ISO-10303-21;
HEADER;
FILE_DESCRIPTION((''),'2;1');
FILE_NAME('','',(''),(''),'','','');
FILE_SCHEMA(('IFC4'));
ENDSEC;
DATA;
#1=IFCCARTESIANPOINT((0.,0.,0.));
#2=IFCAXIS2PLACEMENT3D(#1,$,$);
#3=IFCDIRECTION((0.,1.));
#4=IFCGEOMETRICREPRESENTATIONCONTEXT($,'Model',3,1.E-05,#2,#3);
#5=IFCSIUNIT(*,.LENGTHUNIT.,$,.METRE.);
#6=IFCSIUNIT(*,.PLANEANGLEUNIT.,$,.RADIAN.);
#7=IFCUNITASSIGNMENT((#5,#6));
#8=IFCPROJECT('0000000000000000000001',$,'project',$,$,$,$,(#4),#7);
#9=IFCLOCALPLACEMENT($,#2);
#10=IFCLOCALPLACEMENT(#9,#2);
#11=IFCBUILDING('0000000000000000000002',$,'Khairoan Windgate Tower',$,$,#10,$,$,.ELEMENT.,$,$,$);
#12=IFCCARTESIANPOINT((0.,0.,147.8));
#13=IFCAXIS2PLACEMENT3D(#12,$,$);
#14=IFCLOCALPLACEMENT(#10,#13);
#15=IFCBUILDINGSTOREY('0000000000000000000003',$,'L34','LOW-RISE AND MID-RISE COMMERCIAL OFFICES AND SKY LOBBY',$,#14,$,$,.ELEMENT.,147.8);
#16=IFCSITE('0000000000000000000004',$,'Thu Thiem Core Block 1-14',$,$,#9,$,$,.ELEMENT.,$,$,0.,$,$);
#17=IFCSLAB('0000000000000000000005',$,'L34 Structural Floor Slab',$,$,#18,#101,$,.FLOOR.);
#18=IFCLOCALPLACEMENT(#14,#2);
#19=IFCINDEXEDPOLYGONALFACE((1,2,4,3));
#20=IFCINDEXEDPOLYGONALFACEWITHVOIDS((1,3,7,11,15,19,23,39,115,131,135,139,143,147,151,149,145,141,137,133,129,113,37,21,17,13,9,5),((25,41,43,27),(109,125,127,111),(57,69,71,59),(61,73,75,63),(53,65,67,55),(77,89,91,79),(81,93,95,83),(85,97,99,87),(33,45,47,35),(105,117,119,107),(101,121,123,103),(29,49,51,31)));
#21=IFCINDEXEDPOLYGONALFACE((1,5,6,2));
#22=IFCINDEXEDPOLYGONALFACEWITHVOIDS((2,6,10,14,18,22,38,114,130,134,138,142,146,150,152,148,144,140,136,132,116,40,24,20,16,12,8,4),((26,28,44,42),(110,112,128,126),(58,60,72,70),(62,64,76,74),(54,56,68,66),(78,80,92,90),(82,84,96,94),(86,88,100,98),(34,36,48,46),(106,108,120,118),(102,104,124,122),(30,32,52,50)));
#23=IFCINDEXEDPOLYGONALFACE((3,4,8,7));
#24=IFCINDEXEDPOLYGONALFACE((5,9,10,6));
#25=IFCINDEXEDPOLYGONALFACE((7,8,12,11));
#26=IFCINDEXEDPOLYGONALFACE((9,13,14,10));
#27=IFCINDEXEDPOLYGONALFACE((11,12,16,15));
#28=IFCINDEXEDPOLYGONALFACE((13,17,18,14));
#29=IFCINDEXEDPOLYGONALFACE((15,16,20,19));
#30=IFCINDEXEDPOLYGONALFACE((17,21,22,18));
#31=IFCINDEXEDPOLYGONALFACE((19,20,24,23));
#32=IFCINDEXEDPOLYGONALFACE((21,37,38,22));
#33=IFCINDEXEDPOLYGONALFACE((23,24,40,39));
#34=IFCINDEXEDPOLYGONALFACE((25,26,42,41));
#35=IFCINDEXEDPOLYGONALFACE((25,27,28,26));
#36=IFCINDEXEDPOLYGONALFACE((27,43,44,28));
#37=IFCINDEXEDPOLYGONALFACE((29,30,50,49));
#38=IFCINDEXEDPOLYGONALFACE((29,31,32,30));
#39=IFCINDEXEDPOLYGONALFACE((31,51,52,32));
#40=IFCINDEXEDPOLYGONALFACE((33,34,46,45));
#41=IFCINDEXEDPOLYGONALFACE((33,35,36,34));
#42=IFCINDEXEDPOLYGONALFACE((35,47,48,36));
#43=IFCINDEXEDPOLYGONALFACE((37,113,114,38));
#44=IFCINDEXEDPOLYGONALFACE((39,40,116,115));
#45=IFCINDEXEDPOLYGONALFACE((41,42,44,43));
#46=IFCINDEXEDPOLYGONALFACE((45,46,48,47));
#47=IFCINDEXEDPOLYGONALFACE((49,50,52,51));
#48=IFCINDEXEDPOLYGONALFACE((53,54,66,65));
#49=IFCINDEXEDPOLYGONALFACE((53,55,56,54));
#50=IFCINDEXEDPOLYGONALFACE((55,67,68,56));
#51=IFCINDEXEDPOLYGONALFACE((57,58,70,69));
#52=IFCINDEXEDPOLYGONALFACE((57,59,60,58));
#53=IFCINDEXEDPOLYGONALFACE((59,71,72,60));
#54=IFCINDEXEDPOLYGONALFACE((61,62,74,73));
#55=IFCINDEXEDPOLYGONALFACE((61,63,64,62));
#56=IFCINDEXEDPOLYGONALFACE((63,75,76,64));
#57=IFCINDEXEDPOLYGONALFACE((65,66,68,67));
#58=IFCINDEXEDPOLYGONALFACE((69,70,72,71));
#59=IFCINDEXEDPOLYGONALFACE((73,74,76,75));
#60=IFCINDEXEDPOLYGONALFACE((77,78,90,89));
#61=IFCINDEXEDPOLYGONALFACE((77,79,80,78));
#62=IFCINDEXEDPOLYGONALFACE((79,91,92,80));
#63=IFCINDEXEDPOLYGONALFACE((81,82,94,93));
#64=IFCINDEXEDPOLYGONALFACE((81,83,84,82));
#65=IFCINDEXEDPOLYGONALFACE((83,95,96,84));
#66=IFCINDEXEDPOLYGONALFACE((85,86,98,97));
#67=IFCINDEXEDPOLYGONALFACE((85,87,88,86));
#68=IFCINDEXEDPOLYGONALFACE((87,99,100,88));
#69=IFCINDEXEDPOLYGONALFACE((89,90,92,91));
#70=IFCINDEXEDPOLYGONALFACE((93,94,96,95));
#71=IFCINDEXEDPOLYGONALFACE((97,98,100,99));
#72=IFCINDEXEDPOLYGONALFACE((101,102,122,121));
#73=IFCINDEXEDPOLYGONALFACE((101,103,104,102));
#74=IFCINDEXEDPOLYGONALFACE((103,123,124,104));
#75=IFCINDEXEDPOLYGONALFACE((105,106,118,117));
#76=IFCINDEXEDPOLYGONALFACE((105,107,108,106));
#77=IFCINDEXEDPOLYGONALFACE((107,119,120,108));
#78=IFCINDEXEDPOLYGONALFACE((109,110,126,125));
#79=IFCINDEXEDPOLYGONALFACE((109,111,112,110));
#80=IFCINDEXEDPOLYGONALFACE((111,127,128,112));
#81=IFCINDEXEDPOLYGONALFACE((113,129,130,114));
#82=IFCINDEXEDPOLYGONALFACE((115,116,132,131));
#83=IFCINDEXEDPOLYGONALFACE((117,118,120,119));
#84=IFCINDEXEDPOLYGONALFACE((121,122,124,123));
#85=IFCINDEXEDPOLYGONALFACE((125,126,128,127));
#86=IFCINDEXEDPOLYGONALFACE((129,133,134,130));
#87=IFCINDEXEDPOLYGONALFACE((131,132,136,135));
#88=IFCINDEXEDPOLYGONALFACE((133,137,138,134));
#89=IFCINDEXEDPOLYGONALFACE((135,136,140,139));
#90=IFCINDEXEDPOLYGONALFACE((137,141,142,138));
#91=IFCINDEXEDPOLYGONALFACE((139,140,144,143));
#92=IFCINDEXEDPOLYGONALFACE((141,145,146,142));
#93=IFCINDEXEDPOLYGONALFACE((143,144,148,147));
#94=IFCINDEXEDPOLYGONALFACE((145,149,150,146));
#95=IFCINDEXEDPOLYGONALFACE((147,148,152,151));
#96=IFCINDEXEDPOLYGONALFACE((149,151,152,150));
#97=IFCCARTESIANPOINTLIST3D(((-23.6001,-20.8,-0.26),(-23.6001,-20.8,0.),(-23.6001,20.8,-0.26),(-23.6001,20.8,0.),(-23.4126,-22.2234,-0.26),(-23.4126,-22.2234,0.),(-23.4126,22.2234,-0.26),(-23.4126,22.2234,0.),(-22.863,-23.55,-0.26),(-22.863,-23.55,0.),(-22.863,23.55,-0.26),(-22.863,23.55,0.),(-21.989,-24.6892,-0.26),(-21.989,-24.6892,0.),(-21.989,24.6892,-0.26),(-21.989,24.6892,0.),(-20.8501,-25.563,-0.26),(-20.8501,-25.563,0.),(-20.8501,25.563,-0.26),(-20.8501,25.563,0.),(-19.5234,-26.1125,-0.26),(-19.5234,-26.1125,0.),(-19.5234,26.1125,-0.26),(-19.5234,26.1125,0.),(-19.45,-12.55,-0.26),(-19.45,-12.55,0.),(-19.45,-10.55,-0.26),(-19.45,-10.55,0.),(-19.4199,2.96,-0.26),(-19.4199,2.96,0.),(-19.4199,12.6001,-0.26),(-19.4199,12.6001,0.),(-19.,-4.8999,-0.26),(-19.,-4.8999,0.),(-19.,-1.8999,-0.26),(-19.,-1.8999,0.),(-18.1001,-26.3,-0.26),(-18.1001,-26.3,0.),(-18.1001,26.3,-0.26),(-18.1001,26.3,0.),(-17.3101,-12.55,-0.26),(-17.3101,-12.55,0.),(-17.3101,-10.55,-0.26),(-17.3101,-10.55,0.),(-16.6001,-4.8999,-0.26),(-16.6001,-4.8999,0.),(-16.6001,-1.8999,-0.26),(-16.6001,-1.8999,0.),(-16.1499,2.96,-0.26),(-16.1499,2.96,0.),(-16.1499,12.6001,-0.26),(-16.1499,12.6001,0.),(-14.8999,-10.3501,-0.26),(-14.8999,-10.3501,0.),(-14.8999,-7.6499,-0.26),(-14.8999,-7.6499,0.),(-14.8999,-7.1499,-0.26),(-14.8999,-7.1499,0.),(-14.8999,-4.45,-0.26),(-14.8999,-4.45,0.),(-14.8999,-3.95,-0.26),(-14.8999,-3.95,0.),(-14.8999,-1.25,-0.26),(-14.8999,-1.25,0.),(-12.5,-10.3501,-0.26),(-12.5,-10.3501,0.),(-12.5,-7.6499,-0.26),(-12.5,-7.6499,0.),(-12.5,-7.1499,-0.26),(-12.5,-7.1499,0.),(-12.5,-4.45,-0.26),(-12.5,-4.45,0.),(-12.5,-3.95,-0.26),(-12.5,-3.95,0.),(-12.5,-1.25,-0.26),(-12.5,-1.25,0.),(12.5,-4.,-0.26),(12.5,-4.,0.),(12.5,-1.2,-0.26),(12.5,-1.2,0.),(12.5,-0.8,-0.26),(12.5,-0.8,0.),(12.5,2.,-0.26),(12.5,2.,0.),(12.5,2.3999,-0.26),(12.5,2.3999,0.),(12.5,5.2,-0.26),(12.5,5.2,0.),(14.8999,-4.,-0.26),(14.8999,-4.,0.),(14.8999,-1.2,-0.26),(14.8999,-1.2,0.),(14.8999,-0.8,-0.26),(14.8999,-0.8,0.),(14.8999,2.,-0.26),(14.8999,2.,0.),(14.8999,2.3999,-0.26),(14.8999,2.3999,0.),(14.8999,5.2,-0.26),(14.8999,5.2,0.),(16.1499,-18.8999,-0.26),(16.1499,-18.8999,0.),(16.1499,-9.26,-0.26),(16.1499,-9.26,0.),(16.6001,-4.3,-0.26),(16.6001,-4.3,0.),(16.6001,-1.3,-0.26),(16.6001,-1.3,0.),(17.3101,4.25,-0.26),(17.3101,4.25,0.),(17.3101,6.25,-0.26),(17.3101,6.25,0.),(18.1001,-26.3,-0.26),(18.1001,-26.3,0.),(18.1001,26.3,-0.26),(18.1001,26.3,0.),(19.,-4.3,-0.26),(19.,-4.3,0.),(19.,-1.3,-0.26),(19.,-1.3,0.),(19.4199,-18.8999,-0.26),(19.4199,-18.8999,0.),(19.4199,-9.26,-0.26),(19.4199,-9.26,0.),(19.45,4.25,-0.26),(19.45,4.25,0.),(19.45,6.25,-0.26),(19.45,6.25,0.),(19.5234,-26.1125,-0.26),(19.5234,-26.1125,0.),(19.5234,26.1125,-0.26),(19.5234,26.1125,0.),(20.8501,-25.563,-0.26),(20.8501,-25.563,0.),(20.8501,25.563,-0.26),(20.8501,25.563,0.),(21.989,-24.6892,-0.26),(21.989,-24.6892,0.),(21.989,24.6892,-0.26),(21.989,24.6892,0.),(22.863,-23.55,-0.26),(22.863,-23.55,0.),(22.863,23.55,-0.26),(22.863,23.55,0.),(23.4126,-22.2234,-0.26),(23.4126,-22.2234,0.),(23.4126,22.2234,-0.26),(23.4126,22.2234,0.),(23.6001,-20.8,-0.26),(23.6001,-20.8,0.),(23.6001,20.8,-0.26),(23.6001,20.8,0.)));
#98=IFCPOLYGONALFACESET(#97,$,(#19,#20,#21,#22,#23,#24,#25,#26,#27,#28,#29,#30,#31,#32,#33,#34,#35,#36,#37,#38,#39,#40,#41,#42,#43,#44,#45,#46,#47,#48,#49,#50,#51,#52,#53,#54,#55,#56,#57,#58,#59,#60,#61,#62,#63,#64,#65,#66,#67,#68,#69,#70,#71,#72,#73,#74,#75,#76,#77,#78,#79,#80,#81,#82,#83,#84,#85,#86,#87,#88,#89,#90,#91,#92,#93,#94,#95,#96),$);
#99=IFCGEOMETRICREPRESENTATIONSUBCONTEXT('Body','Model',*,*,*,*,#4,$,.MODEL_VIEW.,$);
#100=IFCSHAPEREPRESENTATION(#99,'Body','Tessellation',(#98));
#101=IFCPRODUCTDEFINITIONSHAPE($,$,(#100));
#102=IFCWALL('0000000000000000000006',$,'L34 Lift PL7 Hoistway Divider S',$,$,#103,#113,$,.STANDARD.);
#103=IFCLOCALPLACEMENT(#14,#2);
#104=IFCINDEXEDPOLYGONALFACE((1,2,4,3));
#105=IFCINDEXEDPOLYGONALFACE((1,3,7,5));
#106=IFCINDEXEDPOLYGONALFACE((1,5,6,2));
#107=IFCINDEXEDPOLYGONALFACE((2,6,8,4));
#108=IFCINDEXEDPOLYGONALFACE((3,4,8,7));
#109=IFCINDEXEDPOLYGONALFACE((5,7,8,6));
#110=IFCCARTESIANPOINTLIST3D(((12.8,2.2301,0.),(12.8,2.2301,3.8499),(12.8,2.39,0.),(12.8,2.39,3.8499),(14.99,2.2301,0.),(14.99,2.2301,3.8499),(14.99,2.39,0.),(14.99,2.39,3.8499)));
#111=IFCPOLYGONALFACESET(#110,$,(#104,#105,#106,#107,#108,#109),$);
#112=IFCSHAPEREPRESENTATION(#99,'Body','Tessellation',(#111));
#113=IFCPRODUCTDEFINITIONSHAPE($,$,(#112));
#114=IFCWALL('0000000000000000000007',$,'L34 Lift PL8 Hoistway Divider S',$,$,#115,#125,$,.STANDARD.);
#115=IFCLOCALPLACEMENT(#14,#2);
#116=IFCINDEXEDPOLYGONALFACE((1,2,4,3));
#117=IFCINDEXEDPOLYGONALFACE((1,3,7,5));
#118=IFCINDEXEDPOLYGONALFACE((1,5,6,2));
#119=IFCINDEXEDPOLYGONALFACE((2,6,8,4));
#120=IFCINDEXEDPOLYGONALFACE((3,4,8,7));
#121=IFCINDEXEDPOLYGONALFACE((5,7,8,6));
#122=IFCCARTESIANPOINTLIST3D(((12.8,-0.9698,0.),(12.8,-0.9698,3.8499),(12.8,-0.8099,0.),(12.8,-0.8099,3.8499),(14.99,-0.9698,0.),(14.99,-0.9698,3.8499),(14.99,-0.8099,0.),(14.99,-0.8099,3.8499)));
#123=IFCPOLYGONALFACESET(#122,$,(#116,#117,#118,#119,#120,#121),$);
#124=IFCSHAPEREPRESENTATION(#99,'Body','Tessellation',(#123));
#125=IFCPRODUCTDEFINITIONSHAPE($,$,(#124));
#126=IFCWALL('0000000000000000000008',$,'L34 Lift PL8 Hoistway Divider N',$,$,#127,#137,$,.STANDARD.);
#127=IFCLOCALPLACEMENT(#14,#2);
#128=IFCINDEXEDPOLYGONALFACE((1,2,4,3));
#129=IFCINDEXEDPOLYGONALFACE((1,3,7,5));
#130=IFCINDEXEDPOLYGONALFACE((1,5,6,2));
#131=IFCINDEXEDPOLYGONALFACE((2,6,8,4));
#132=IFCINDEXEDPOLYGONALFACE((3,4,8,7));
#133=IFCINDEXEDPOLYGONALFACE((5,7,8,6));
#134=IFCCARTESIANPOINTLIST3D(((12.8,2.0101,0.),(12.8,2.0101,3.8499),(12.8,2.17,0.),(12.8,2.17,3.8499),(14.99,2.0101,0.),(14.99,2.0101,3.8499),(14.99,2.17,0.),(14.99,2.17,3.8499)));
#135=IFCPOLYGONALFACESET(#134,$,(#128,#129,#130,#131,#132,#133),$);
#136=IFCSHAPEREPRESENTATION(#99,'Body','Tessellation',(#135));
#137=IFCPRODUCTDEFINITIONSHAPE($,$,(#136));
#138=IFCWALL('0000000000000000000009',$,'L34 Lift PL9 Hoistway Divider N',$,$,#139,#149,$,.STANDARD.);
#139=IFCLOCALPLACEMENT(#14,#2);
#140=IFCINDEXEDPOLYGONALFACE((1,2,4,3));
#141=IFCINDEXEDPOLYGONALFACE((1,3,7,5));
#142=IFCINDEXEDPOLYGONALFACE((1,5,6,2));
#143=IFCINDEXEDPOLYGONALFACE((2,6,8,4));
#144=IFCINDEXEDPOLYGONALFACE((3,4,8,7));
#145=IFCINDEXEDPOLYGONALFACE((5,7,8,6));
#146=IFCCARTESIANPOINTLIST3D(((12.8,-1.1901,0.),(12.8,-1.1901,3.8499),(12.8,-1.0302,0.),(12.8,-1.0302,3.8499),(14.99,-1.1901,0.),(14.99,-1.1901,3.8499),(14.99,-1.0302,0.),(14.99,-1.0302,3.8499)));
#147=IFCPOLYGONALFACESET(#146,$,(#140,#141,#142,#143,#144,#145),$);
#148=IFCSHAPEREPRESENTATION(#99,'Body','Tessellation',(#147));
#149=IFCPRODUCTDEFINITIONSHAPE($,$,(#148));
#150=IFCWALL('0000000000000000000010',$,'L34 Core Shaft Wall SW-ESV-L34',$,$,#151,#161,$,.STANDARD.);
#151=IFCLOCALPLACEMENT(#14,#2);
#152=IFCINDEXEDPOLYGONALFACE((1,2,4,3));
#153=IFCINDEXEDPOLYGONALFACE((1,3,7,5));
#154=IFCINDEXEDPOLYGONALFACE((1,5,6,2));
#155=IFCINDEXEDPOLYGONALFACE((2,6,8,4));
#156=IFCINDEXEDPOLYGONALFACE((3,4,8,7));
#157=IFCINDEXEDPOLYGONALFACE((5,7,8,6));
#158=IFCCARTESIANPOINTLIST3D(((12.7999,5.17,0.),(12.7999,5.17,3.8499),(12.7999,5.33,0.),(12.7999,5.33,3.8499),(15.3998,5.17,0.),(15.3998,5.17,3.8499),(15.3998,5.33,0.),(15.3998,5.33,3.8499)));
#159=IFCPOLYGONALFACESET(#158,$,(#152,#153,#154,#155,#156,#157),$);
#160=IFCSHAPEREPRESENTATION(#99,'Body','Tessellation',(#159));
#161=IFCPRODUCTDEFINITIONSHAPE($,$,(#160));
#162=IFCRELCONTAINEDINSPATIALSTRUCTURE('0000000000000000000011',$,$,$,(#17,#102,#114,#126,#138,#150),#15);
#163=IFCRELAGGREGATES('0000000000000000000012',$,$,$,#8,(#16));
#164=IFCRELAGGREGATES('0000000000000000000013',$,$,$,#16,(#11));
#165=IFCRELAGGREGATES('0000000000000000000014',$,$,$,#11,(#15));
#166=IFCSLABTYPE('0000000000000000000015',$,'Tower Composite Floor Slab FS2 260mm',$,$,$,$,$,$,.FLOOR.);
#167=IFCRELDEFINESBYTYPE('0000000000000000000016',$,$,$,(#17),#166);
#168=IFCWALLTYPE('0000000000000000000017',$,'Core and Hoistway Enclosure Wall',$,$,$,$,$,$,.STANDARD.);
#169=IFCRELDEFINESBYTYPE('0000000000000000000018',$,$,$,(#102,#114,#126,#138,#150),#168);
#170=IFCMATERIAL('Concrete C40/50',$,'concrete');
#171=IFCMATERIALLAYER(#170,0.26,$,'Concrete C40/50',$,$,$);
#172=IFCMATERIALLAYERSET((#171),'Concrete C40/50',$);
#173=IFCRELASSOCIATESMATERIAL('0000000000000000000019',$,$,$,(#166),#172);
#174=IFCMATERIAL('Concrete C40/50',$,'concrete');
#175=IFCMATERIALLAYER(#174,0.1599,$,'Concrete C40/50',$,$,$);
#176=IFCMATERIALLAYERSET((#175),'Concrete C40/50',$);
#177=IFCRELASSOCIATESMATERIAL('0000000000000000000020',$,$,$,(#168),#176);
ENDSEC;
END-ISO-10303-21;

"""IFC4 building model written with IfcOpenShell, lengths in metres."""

from ifc_helpers import new_model, si_unit, direction, frame, frame_2d, origin, place, context, subcontext, project, spatial, polyline, rectangle, outline, extrude, material, layer, layer_set, type_object, element, save


model = new_model("IFC4")

# Units and contexts
model_context = context("Model", 3, precision=1e-05, world=origin(), true_north=direction((0.0, 1.0)))
body_context = subcontext(model_context, "Body", "Model", "MODEL_VIEW")
ifc_project = project(units=[si_unit("LENGTHUNIT", "METRE"), si_unit("PLANEANGLEUNIT", "RADIAN")], contexts=[model_context])

# Site, building, storey
site_placement = place(None, origin())
site = spatial("IfcSite", under=ifc_project, at=site_placement, Name="Thu Thiem Core Block 1-14", CompositionType="ELEMENT", RefElevation=0.0)
building_placement = place(site_placement, origin())
building = spatial("IfcBuilding", under=site, at=building_placement, Name="Khairoan Windgate Tower", CompositionType="ELEMENT")
storey_placement = place(building_placement, frame((0.0, 0.0, 147.8)))
storey = spatial("IfcBuildingStorey", under=building, at=storey_placement, Name="L34", Description="LOW-RISE AND MID-RISE COMMERCIAL OFFICES AND SKY LOBBY", CompositionType="ELEMENT", Elevation=147.8)

# Slab
ifc_material_1 = material(Name="Concrete C40/50", Category="concrete")
ifc_layer_1 = layer(ifc_material_1, 0.26, Name="Concrete C40/50")
ifc_layer_set_1 = layer_set([ifc_layer_1], Name="Concrete C40/50")
slab_type_1 = type_object("IfcSlabType", Name="Tower Composite Floor Slab FS2 260mm", PredefinedType="FLOOR", material=ifc_layer_set_1)
slab_1_placement = place(storey_placement, frame((0.0, 0.0, -0.26)))
element("IfcSlab", 1, at=slab_1_placement, inside=storey, type_object=slab_type_1, Name="L34 Structural Floor Slab", PredefinedType="FLOOR", context=body_context, shape_type="SweptSolid", body=[
    extrude(outline(polyline([(18.1001, -26.3), (19.5234, -26.1125), (20.8501, -25.563), (21.989, -24.6892), (22.863, -23.55), (23.4126, -22.2234), (23.6001, -20.8), (23.6001, 20.8), (23.4126, 22.2234), (22.863, 23.55), (21.989, 24.6892), (20.8501, 25.563), (19.5234, 26.1125), (18.1001, 26.3), (-18.1001, 26.3), (-19.5234, 26.1125), (-20.8501, 25.563), (-21.989, 24.6892), (-22.863, 23.55), (-23.4126, 22.2234), (-23.6001, 20.8), (-23.6001, -20.8), (-23.4126, -22.2234), (-22.863, -23.55), (-21.989, -24.6892), (-20.8501, -25.563), (-19.5234, -26.1125), (-18.1001, -26.3), (18.1001, -26.3)]), holes=[polyline([(16.1499, -9.26), (16.1499, -18.8999), (19.4199, -18.8999), (19.4199, -9.26), (16.1499, -9.26)]), polyline([(-16.1499, 2.96), (-16.1499, 12.6001), (-19.4199, 12.6001), (-19.4199, 2.96), (-16.1499, 2.96)]), polyline([(-14.8999, -3.95), (-12.5, -3.95), (-12.5, -1.25), (-14.8999, -1.25), (-14.8999, -3.95)]), polyline([(-14.8999, -7.1499), (-12.5, -7.1499), (-12.5, -4.45), (-14.8999, -4.45), (-14.8999, -7.1499)]), polyline([(-14.8999, -10.3501), (-12.5, -10.3501), (-12.5, -7.6499), (-14.8999, -7.6499), (-14.8999, -10.3501)]), polyline([(12.5, 2.3999), (14.8999, 2.3999), (14.8999, 5.2), (12.5, 5.2), (12.5, 2.3999)]), polyline([(12.5, -0.8), (14.8999, -0.8), (14.8999, 2.0), (12.5, 2.0), (12.5, -0.8)]), polyline([(12.5, -4.0), (14.8999, -4.0), (14.8999, -1.2), (12.5, -1.2), (12.5, -4.0)]), polyline([(16.6001, -4.3), (19.0, -4.3), (19.0, -1.3), (16.6001, -1.3), (16.6001, -4.3)]), polyline([(-19.0, -4.8999), (-16.6001, -4.8999), (-16.6001, -1.8999), (-19.0, -1.8999), (-19.0, -4.8999)]), polyline([(-19.45, -12.55), (-17.3101, -12.55), (-17.3101, -10.55), (-19.45, -10.55), (-19.45, -12.55)]), polyline([(17.3101, 4.25), (19.45, 4.25), (19.45, 6.25), (17.3101, 6.25), (17.3101, 4.25)])]), origin(), (0.0, 0.0, 1.0), 0.26),
])

# Walls
ifc_material_2 = material(Name="Concrete C40/50", Category="concrete")
ifc_layer_2 = layer(ifc_material_2, 0.1599, Name="Concrete C40/50")
ifc_layer_set_2 = layer_set([ifc_layer_2], Name="Concrete C40/50")
wall_type_1 = type_object("IfcWallType", Name="Core and Hoistway Enclosure Wall", PredefinedType="STANDARD", material=ifc_layer_set_2)
for number, where, z_axis, x_axis, name in (
    (2, (12.8, 2.3101, 0.0), (0.0, 0.0, 1.0), (1.0, 0.0, 0.0), "L34 Lift PL7 Hoistway Divider S"),
    (3, (12.8, -0.8899, 0.0), (0.0, 0.0, 1.0), (1.0, 0.0, 0.0), "L34 Lift PL8 Hoistway Divider S"),
    (4, (12.8, 2.0901, 0.0), (0.0, 0.0, 1.0), (1.0, 0.0, 0.0), "L34 Lift PL8 Hoistway Divider N"),
    (5, (12.8, -1.1101, 0.0), (0.0, 0.0, 1.0), (1.0, 0.0, 0.0), "L34 Lift PL9 Hoistway Divider N"),
):
    element("IfcWall", number, at=place(storey_placement, frame(where, z_axis=z_axis, x_axis=x_axis)), inside=storey, type_object=wall_type_1, Name=name, PredefinedType="STANDARD", context=body_context, shape_type="SweptSolid", body=[
        extrude(rectangle(XDim=2.1899, YDim=0.1599, at=frame_2d((1.095, 0.0))), origin(), (0.0, 0.0, 1.0), 3.8499),
    ])
wall_1_placement = place(storey_placement, frame((12.8, 5.25, 0.0), z_axis=(0.0, 0.0, 1.0), x_axis=(1.0, 0.0, 0.0)))
element("IfcWall", 6, at=wall_1_placement, inside=storey, type_object=wall_type_1, Name="L34 Core Shaft Wall SW-ESV-L34", PredefinedType="STANDARD", context=body_context, shape_type="SweptSolid", body=[
    extrude(rectangle(XDim=2.5999, YDim=0.1599, at=frame_2d((1.2998, 0.0))), origin(), (0.0, 0.0, 1.0), 3.8499),
])

save(model, "model.ifc")
